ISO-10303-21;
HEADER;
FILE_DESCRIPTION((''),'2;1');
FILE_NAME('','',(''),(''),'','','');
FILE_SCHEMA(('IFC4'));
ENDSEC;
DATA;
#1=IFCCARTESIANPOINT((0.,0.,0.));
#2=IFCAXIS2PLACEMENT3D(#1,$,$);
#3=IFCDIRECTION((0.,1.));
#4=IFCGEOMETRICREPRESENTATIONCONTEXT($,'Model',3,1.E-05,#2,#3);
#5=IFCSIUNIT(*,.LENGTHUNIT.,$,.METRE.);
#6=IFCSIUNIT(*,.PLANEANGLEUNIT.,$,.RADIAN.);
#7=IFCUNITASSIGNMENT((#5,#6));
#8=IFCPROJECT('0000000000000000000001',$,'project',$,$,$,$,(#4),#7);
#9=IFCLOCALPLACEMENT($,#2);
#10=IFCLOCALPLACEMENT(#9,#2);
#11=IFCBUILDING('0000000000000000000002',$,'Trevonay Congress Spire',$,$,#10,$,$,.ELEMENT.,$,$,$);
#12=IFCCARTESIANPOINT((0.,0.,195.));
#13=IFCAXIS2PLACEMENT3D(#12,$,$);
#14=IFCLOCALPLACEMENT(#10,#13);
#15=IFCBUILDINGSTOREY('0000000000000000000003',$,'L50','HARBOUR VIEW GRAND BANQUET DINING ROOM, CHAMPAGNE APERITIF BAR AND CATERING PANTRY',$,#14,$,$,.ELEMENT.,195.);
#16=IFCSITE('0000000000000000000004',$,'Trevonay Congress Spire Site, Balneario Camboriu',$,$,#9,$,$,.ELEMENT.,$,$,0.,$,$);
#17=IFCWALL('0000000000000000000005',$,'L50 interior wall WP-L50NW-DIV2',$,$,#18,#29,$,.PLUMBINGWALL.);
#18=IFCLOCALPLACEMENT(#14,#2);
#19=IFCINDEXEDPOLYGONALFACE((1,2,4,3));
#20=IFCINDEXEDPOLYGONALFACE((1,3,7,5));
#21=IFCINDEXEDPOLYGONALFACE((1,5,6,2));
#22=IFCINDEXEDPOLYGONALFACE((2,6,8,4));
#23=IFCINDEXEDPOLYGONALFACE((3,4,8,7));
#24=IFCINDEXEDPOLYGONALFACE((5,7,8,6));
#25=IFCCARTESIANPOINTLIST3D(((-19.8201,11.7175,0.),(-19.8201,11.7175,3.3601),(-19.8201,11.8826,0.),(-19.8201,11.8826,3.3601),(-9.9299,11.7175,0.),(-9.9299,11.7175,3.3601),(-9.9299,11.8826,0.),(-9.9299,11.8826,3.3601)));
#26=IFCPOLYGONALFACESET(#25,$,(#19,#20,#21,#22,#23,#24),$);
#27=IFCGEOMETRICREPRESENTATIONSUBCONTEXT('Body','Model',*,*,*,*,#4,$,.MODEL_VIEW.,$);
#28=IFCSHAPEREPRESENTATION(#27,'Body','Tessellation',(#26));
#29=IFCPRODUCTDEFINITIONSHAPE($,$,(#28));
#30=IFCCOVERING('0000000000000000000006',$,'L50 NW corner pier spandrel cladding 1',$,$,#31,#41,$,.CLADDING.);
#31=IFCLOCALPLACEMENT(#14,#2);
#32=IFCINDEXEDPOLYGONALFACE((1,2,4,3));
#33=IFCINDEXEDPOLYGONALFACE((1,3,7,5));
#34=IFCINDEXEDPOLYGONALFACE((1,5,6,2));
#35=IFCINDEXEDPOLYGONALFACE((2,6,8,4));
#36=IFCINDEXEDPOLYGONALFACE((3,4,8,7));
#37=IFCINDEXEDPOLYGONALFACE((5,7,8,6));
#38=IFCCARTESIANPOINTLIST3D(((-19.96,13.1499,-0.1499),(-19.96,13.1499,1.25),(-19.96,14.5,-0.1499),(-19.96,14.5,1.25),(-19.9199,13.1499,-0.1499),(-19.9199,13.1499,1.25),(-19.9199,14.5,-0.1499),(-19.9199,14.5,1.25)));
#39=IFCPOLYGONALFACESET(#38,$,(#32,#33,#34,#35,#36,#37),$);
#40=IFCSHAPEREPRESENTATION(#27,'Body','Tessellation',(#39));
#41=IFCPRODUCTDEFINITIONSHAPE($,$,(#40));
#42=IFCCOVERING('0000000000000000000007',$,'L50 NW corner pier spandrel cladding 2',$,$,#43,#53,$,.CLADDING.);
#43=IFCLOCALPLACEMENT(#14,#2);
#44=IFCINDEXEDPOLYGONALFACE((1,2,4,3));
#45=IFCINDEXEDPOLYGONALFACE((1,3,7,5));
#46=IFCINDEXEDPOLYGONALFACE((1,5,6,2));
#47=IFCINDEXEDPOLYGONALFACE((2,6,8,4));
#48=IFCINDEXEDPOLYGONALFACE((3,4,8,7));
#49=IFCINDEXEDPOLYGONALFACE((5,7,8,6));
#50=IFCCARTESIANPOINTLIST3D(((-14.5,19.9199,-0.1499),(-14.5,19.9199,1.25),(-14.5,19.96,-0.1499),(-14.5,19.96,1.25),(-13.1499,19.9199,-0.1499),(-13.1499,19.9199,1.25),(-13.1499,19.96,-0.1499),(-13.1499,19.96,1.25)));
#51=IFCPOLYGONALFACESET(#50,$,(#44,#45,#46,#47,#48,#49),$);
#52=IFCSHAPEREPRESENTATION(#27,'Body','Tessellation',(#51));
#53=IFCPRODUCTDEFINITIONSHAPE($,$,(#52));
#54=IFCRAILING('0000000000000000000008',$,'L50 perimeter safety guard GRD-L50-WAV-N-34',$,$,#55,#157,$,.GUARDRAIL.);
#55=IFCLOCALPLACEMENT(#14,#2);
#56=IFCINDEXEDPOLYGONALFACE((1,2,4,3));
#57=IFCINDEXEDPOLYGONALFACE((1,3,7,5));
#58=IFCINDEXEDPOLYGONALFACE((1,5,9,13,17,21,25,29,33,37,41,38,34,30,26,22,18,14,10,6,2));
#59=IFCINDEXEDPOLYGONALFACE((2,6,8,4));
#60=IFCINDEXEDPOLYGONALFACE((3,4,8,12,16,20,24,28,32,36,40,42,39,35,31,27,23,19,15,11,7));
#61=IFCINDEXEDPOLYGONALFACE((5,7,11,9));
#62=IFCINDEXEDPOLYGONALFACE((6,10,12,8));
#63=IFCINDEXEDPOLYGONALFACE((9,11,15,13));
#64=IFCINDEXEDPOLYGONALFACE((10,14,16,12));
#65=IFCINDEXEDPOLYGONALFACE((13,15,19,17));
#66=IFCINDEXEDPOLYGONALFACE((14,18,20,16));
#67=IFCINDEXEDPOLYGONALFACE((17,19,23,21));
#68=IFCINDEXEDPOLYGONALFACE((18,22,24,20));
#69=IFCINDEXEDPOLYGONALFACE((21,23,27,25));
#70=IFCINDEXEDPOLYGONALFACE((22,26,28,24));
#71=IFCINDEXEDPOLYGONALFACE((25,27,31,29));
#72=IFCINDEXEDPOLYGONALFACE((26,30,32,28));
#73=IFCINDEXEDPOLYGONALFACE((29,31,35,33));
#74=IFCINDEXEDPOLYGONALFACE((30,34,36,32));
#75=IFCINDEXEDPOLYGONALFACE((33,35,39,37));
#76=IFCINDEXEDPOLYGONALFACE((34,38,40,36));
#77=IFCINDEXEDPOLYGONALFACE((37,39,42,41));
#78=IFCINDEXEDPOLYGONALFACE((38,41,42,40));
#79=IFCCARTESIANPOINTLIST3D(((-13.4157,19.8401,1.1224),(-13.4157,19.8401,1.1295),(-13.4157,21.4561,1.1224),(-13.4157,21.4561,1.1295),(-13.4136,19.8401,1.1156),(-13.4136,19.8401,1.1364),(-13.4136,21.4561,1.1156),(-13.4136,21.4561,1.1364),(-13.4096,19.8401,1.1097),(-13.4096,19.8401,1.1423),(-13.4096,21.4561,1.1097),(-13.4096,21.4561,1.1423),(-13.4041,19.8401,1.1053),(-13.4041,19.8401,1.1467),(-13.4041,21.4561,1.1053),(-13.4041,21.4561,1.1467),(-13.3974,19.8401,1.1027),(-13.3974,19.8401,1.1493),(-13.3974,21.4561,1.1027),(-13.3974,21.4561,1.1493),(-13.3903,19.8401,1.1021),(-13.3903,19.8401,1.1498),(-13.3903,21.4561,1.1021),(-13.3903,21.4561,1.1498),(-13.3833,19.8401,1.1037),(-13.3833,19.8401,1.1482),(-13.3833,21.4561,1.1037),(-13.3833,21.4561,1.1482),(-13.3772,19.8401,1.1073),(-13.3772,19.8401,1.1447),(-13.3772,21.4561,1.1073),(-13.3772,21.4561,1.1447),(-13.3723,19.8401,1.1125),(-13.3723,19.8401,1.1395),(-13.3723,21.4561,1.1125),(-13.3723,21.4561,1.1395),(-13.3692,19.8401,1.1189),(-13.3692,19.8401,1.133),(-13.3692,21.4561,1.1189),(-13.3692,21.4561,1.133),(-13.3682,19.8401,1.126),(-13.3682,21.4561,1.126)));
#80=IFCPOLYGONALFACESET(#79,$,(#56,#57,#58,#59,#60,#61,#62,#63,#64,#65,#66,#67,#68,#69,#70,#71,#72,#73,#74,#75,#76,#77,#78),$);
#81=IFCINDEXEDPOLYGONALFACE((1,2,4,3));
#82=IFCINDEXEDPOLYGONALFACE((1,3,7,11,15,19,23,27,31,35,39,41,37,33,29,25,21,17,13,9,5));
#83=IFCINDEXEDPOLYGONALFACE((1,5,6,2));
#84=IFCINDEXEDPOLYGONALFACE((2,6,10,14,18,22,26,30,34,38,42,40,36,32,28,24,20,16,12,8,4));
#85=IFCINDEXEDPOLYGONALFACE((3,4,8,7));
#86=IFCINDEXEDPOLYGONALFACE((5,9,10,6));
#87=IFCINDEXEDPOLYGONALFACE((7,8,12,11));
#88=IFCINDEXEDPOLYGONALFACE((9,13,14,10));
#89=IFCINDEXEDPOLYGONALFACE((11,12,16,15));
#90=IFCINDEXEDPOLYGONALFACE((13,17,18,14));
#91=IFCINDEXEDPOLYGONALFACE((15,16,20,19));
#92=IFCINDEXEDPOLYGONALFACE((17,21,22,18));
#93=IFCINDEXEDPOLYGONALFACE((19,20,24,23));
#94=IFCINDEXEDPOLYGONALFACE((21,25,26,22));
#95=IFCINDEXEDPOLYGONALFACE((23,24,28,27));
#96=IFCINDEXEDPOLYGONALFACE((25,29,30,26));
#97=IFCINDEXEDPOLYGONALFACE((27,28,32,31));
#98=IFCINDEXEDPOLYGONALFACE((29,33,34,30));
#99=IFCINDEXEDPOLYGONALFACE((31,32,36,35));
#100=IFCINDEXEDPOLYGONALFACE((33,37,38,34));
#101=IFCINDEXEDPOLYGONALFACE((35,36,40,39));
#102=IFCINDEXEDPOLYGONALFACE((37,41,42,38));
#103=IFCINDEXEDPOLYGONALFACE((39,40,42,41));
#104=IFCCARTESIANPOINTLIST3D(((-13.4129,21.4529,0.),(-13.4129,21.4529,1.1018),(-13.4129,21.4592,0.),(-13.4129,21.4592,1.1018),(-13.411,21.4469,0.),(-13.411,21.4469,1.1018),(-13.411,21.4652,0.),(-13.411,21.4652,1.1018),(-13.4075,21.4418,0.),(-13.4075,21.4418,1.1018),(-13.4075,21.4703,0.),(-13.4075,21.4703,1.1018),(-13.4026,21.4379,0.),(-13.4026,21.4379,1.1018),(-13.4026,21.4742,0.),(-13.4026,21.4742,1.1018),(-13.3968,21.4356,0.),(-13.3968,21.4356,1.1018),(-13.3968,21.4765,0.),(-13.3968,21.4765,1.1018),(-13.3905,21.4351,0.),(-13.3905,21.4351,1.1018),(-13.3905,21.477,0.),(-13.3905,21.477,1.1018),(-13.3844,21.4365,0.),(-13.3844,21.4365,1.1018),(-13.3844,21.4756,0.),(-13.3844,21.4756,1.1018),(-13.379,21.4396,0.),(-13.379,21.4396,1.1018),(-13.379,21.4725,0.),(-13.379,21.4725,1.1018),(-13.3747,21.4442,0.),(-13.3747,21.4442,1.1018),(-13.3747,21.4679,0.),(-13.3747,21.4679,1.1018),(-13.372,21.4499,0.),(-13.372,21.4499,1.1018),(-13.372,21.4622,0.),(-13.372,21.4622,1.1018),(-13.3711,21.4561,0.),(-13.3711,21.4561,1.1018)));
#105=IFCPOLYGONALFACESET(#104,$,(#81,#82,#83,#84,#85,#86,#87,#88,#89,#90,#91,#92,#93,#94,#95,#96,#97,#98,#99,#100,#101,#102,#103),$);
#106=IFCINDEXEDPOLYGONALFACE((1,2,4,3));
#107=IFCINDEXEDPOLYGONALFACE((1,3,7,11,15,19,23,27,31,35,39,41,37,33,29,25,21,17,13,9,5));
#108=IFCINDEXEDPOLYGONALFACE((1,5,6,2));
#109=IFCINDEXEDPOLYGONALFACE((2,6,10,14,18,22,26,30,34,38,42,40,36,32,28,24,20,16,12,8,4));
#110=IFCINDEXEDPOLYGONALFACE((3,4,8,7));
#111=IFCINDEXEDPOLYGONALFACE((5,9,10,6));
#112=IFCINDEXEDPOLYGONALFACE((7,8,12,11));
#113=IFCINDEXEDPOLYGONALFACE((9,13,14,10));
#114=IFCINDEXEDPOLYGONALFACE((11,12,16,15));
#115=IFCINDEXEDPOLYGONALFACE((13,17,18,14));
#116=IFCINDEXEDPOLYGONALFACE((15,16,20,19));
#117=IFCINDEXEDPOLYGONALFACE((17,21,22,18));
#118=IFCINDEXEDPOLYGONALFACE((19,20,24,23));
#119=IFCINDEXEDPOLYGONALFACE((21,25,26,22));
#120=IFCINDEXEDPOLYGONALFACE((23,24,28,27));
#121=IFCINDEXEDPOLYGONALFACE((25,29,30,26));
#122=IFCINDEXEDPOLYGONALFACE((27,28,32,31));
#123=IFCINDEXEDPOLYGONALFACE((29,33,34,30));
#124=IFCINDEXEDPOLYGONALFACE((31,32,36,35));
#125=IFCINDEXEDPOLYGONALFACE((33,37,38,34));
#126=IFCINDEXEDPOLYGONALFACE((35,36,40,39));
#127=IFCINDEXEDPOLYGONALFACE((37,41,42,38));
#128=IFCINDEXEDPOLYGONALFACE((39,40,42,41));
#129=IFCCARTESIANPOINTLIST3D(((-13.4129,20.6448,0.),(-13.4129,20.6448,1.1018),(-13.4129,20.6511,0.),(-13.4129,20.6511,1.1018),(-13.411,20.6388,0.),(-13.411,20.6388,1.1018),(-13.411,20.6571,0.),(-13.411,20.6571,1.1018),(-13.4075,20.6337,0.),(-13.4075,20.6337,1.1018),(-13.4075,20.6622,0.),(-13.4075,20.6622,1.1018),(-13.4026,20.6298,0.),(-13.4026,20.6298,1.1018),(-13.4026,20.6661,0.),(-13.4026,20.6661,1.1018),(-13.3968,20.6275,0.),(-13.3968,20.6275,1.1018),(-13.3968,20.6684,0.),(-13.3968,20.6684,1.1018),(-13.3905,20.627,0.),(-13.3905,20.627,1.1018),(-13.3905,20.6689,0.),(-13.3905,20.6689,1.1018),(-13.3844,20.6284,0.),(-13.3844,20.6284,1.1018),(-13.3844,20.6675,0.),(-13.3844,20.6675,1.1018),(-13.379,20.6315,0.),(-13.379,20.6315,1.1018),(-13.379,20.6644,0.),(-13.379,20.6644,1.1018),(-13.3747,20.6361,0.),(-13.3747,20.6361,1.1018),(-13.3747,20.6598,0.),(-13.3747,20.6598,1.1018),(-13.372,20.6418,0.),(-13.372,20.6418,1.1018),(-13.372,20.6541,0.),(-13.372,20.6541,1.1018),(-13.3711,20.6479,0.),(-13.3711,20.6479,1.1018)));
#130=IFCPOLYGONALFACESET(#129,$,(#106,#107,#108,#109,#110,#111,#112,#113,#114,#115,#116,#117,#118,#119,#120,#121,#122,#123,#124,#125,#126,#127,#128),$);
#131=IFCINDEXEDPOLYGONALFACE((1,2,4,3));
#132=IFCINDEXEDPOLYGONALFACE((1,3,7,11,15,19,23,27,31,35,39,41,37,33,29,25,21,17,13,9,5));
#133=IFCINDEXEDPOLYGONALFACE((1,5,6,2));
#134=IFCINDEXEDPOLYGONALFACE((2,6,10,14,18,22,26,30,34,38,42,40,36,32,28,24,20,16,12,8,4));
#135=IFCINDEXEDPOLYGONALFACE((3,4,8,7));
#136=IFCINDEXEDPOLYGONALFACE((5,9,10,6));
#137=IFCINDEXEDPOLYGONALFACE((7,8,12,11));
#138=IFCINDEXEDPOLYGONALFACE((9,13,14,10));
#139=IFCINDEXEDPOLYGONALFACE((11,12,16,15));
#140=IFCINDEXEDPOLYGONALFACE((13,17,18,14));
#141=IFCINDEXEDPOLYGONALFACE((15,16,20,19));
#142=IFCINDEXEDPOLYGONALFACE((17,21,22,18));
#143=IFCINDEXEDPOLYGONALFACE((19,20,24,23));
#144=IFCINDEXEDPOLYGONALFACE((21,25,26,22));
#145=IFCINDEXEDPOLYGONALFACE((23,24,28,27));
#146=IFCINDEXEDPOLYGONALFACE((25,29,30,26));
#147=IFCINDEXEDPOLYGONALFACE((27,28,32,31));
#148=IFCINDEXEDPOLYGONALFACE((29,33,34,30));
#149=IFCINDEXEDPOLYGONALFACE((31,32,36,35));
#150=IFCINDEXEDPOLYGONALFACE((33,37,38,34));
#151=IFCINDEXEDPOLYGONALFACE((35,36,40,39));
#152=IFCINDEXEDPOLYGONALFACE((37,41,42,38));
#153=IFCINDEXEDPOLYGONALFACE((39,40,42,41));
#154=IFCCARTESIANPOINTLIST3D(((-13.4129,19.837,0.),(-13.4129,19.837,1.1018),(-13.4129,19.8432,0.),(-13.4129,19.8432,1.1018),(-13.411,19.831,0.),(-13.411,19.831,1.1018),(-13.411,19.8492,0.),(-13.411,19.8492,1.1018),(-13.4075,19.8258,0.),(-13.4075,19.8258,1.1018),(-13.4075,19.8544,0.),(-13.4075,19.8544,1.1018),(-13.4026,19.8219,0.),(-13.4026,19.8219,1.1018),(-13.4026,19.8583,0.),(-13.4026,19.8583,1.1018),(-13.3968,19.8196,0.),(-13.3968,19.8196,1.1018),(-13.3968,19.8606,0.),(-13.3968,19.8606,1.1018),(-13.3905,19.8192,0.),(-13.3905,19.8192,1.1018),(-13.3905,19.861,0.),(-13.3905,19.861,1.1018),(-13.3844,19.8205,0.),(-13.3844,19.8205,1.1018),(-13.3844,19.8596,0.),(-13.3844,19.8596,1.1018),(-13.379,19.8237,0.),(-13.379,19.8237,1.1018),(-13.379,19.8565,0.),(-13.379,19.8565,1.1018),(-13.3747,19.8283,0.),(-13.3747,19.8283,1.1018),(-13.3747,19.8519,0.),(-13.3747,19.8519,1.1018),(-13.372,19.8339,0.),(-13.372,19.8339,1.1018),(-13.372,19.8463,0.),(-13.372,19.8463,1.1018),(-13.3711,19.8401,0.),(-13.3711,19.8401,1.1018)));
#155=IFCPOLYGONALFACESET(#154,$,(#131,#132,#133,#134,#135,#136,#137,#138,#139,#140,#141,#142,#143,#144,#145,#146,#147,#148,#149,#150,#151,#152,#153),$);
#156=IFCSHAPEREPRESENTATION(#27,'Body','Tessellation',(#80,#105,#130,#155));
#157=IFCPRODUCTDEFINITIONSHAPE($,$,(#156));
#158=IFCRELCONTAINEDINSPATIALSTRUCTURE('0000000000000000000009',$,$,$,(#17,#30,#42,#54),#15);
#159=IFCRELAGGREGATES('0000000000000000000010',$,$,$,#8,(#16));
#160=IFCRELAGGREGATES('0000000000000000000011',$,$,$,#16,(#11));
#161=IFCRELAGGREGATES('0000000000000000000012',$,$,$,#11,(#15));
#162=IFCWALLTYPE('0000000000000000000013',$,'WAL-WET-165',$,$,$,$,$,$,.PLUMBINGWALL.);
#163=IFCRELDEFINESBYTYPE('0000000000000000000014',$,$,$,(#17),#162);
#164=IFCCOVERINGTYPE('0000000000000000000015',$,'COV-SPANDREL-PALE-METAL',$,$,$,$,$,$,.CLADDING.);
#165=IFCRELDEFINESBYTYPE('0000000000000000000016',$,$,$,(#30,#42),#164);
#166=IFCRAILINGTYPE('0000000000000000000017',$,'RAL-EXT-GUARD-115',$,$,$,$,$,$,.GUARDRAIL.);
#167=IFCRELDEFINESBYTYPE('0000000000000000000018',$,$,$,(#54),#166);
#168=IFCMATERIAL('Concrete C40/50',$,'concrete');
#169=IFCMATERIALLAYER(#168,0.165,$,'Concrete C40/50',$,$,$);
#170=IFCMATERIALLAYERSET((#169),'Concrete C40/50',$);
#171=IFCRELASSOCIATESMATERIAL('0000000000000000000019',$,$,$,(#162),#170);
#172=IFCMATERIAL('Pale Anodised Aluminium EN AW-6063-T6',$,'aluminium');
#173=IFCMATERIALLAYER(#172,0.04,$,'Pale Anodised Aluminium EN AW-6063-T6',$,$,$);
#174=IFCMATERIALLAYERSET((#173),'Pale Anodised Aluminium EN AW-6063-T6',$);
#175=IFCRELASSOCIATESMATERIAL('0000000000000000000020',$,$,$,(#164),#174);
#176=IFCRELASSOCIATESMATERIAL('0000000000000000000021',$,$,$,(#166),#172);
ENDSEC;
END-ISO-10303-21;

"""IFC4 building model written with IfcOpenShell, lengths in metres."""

from ifc_helpers import new_model, si_unit, direction, frame, frame_2d, origin, origin_2d, place, context, subcontext, project, spatial, rectangle, circle, extrude, material, layer, layer_set, type_object, element, save


model = new_model("IFC4")

# Units and contexts
model_context = context("Model", 3, precision=1e-05, world=origin(), true_north=direction((0.0, 1.0)))
body_context = subcontext(model_context, "Body", "Model", "MODEL_VIEW")
ifc_project = project(units=[si_unit("LENGTHUNIT", "METRE"), si_unit("PLANEANGLEUNIT", "RADIAN")], contexts=[model_context])

# Site, building, storey
site_placement = place(None, origin())
site = spatial("IfcSite", under=ifc_project, at=site_placement, Name="Trevonay Congress Spire Site, Balneario Camboriu", CompositionType="ELEMENT", RefElevation=0.0)
building_placement = place(site_placement, origin())
building = spatial("IfcBuilding", under=site, at=building_placement, Name="Trevonay Congress Spire", CompositionType="ELEMENT")
storey_placement = place(building_placement, frame((0.0, 0.0, 195.0)))
storey = spatial("IfcBuildingStorey", under=building, at=storey_placement, Name="L50", Description="HARBOUR VIEW GRAND BANQUET DINING ROOM, CHAMPAGNE APERITIF BAR AND CATERING PANTRY", CompositionType="ELEMENT", Elevation=195.0)

# Shared definitions
ifc_material_1 = material(Name="Pale Anodised Aluminium EN AW-6063-T6", Category="aluminium")

# Wall
ifc_material_2 = material(Name="Concrete C40/50", Category="concrete")
ifc_layer_1 = layer(ifc_material_2, 0.165, Name="Concrete C40/50")
ifc_layer_set_1 = layer_set([ifc_layer_1], Name="Concrete C40/50")
wall_type_1 = type_object("IfcWallType", Name="WAL-WET-165", PredefinedType="PLUMBINGWALL", material=ifc_layer_set_1)
wall_1_placement = place(storey_placement, frame((-19.8201, 11.8, 0.0), z_axis=(0.0, 0.0, 1.0), x_axis=(1.0, 0.0, 0.0)))
element("IfcWall", 1, at=wall_1_placement, inside=storey, type_object=wall_type_1, Name="L50 interior wall WP-L50NW-DIV2", PredefinedType="PLUMBINGWALL", context=body_context, shape_type="SweptSolid", body=[
    extrude(rectangle(XDim=9.8901, YDim=0.165, at=frame_2d((4.9451, 0.0))), origin(), (0.0, 0.0, 1.0), 3.3601),
])

# Coverings
ifc_layer_2 = layer(ifc_material_1, 0.04, Name="Pale Anodised Aluminium EN AW-6063-T6")
ifc_layer_set_2 = layer_set([ifc_layer_2], Name="Pale Anodised Aluminium EN AW-6063-T6")
covering_type = type_object("IfcCoveringType", Name="COV-SPANDREL-PALE-METAL", PredefinedType="CLADDING", material=ifc_layer_set_2)
for number, where, z_axis, x_axis, name in (
    (2, (-19.9399, 13.1499, -0.1499), (0.0, 0.0, 1.0), (0.0, 1.0, 0.0), "L50 NW corner pier spandrel cladding 1"),
    (3, (-13.1499, 19.9399, -0.1499), (0.0, 0.0, 1.0), (-1.0, 0.0, 0.0), "L50 NW corner pier spandrel cladding 2"),
):
    element("IfcCovering", number, at=place(storey_placement, frame(where, z_axis=z_axis, x_axis=x_axis)), inside=storey, type_object=covering_type, Name=name, PredefinedType="CLADDING", context=body_context, shape_type="SweptSolid", body=[
        extrude(rectangle(XDim=1.3501, YDim=0.04, at=frame_2d((0.675, 0.0))), origin(), (0.0, 0.0, 1.0), 1.3999),
    ])

# Railing
railing_type = type_object("IfcRailingType", Name="RAL-EXT-GUARD-115", PredefinedType="GUARDRAIL", material=ifc_material_1)
railing_1_placement = place(storey_placement, frame((-13.3921, 21.4561, 0.0)))
element("IfcRailing", 4, at=railing_1_placement, inside=storey, type_object=railing_type, Name="L50 perimeter safety guard GRD-L50-WAV-N-34", PredefinedType="GUARDRAIL", context=body_context, shape_type="SweptSolid", body=[
    extrude(circle(Radius=0.0239, at=origin_2d()), frame((0.0, 0.0, 1.126), z_axis=(0.0, -1.0, 0.0), x_axis=(1.0, 0.0, 0.0)), (0.0, 0.0, 1.0), 1.616),
    extrude(circle(Radius=0.021, at=origin_2d()), origin(), (0.0, 0.0, 1.0), 1.1018),
    extrude(circle(Radius=0.021, at=origin_2d()), frame((0.0, -0.8081, 0.0)), (0.0, 0.0, 1.0), 1.1018),
    extrude(circle(Radius=0.021, at=origin_2d()), frame((0.0, -1.616, 0.0)), (0.0, 0.0, 1.0), 1.1018),
])

save(model, "model.ifc")
